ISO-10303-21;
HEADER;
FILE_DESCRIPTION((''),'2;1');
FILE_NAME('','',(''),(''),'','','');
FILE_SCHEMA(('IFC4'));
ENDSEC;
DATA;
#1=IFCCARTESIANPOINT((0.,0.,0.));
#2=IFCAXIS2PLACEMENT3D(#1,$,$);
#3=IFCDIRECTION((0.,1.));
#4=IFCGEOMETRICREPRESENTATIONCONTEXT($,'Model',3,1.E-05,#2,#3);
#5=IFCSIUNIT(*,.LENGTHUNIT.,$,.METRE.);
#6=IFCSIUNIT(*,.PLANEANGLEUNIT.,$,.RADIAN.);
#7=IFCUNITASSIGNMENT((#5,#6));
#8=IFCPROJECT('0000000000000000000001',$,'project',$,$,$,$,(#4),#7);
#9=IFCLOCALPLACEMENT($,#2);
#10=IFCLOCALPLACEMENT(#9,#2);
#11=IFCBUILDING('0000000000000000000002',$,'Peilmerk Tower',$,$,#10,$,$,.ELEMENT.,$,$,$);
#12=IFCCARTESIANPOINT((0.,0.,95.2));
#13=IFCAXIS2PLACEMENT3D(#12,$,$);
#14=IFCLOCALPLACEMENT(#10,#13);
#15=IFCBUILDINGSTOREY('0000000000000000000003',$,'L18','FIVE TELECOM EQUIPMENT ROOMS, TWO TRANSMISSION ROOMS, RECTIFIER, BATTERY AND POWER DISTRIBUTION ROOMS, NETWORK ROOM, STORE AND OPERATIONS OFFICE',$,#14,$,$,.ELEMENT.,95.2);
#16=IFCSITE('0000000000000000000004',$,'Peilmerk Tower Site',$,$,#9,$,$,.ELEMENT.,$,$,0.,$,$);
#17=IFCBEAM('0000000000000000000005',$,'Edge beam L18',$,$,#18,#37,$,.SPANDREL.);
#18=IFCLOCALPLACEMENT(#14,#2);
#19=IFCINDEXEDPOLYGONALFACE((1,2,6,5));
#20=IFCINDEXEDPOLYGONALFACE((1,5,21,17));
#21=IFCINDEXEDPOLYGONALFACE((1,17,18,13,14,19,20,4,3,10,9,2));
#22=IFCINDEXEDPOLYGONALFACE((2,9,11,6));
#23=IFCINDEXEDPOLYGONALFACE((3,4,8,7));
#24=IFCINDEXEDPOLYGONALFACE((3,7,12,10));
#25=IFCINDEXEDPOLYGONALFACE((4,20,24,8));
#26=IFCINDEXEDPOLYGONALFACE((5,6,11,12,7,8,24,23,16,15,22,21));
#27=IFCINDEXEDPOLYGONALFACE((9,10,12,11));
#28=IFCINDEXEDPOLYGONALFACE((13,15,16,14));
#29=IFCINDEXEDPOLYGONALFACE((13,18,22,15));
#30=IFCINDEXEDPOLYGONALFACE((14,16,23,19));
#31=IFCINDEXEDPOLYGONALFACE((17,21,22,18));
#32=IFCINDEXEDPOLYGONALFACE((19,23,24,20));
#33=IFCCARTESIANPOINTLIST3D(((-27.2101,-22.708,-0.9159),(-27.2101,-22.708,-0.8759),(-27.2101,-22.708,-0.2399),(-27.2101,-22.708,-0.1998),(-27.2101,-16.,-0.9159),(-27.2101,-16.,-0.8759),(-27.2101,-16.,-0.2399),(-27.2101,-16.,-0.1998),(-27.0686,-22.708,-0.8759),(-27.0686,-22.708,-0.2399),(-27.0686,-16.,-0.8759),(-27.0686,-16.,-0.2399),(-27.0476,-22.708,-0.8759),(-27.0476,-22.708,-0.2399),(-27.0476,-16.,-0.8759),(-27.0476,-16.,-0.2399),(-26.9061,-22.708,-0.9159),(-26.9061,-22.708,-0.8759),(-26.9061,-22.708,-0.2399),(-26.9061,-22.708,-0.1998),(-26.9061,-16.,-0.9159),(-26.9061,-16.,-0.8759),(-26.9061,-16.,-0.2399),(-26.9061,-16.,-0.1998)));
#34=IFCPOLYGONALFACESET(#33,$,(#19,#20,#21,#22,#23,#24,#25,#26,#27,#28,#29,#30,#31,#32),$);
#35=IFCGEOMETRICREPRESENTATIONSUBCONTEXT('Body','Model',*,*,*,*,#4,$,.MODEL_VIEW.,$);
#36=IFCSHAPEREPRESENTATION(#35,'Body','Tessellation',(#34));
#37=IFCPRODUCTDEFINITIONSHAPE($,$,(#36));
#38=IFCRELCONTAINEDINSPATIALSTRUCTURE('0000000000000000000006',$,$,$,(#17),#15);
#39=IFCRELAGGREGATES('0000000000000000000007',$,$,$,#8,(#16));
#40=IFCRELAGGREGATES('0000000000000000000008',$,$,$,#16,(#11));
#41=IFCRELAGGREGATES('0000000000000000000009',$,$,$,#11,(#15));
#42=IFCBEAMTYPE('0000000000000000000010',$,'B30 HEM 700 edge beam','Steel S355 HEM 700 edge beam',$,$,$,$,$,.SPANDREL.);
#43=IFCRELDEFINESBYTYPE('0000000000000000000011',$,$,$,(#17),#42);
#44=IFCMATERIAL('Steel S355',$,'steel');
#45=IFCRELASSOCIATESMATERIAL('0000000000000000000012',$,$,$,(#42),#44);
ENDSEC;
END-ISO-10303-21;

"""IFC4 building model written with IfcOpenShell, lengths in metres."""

from ifc_helpers import new_model, si_unit, direction, frame, origin, origin_2d, place, context, subcontext, project, spatial, i_section, extrude, material, material_profile, profile_set, type_object, element, save


model = new_model("IFC4")

# Units and contexts
model_context = context("Model", 3, precision=1e-05, world=origin(), true_north=direction((0.0, 1.0)))
body_context = subcontext(model_context, "Body", "Model", "MODEL_VIEW")
ifc_project = project(units=[si_unit("LENGTHUNIT", "METRE"), si_unit("PLANEANGLEUNIT", "RADIAN")], contexts=[model_context])

# Site, building, storey
site_placement = place(None, origin())
site = spatial("IfcSite", under=ifc_project, at=site_placement, Name="Peilmerk Tower Site", CompositionType="ELEMENT", RefElevation=0.0)
building_placement = place(site_placement, origin())
building = spatial("IfcBuilding", under=site, at=building_placement, Name="Peilmerk Tower", CompositionType="ELEMENT")
storey_placement = place(building_placement, frame((0.0, 0.0, 95.2)))
storey = spatial("IfcBuildingStorey", under=building, at=storey_placement, Name="L18", Description="FIVE TELECOM EQUIPMENT ROOMS, TWO TRANSMISSION ROOMS, RECTIFIER, BATTERY AND POWER DISTRIBUTION ROOMS, NETWORK ROOM, STORE AND OPERATIONS OFFICE", CompositionType="ELEMENT", Elevation=95.2)

# Beam
ifc_material_1 = material(Name="Steel S355", Category="steel")
ifc_material_profile_1 = material_profile(ifc_material_1, i_section(OverallWidth=0.304, OverallDepth=0.7161, WebThickness=0.021, FlangeThickness=0.04, at=origin_2d()), Name="HEM 700")
ifc_profile_set_1 = profile_set([ifc_material_profile_1], Name="Steel S355")
beam_type_1 = type_object("IfcBeamType", Name="B30 HEM 700 edge beam", Description="Steel S355 HEM 700 edge beam", PredefinedType="SPANDREL", material=ifc_profile_set_1)
for number, where, z_axis, x_axis, name in (
    (1, (-27.0581, -16.0, -0.5579), (0.0, -1.0, 0.0), (1.0, 0.0, 0.0), "Edge beam L18"),
):
    element("IfcBeam", number, at=place(storey_placement, frame(where, z_axis=z_axis, x_axis=x_axis)), inside=storey, type_object=beam_type_1, Name=name, PredefinedType="SPANDREL", context=body_context, shape_type="SweptSolid", body=[
        extrude(i_section(OverallWidth=0.304, OverallDepth=0.7161, WebThickness=0.021, FlangeThickness=0.04, at=origin_2d()), origin(), (0.0, 0.0, 1.0), 6.708),
    ])

save(model, "model.ifc")
